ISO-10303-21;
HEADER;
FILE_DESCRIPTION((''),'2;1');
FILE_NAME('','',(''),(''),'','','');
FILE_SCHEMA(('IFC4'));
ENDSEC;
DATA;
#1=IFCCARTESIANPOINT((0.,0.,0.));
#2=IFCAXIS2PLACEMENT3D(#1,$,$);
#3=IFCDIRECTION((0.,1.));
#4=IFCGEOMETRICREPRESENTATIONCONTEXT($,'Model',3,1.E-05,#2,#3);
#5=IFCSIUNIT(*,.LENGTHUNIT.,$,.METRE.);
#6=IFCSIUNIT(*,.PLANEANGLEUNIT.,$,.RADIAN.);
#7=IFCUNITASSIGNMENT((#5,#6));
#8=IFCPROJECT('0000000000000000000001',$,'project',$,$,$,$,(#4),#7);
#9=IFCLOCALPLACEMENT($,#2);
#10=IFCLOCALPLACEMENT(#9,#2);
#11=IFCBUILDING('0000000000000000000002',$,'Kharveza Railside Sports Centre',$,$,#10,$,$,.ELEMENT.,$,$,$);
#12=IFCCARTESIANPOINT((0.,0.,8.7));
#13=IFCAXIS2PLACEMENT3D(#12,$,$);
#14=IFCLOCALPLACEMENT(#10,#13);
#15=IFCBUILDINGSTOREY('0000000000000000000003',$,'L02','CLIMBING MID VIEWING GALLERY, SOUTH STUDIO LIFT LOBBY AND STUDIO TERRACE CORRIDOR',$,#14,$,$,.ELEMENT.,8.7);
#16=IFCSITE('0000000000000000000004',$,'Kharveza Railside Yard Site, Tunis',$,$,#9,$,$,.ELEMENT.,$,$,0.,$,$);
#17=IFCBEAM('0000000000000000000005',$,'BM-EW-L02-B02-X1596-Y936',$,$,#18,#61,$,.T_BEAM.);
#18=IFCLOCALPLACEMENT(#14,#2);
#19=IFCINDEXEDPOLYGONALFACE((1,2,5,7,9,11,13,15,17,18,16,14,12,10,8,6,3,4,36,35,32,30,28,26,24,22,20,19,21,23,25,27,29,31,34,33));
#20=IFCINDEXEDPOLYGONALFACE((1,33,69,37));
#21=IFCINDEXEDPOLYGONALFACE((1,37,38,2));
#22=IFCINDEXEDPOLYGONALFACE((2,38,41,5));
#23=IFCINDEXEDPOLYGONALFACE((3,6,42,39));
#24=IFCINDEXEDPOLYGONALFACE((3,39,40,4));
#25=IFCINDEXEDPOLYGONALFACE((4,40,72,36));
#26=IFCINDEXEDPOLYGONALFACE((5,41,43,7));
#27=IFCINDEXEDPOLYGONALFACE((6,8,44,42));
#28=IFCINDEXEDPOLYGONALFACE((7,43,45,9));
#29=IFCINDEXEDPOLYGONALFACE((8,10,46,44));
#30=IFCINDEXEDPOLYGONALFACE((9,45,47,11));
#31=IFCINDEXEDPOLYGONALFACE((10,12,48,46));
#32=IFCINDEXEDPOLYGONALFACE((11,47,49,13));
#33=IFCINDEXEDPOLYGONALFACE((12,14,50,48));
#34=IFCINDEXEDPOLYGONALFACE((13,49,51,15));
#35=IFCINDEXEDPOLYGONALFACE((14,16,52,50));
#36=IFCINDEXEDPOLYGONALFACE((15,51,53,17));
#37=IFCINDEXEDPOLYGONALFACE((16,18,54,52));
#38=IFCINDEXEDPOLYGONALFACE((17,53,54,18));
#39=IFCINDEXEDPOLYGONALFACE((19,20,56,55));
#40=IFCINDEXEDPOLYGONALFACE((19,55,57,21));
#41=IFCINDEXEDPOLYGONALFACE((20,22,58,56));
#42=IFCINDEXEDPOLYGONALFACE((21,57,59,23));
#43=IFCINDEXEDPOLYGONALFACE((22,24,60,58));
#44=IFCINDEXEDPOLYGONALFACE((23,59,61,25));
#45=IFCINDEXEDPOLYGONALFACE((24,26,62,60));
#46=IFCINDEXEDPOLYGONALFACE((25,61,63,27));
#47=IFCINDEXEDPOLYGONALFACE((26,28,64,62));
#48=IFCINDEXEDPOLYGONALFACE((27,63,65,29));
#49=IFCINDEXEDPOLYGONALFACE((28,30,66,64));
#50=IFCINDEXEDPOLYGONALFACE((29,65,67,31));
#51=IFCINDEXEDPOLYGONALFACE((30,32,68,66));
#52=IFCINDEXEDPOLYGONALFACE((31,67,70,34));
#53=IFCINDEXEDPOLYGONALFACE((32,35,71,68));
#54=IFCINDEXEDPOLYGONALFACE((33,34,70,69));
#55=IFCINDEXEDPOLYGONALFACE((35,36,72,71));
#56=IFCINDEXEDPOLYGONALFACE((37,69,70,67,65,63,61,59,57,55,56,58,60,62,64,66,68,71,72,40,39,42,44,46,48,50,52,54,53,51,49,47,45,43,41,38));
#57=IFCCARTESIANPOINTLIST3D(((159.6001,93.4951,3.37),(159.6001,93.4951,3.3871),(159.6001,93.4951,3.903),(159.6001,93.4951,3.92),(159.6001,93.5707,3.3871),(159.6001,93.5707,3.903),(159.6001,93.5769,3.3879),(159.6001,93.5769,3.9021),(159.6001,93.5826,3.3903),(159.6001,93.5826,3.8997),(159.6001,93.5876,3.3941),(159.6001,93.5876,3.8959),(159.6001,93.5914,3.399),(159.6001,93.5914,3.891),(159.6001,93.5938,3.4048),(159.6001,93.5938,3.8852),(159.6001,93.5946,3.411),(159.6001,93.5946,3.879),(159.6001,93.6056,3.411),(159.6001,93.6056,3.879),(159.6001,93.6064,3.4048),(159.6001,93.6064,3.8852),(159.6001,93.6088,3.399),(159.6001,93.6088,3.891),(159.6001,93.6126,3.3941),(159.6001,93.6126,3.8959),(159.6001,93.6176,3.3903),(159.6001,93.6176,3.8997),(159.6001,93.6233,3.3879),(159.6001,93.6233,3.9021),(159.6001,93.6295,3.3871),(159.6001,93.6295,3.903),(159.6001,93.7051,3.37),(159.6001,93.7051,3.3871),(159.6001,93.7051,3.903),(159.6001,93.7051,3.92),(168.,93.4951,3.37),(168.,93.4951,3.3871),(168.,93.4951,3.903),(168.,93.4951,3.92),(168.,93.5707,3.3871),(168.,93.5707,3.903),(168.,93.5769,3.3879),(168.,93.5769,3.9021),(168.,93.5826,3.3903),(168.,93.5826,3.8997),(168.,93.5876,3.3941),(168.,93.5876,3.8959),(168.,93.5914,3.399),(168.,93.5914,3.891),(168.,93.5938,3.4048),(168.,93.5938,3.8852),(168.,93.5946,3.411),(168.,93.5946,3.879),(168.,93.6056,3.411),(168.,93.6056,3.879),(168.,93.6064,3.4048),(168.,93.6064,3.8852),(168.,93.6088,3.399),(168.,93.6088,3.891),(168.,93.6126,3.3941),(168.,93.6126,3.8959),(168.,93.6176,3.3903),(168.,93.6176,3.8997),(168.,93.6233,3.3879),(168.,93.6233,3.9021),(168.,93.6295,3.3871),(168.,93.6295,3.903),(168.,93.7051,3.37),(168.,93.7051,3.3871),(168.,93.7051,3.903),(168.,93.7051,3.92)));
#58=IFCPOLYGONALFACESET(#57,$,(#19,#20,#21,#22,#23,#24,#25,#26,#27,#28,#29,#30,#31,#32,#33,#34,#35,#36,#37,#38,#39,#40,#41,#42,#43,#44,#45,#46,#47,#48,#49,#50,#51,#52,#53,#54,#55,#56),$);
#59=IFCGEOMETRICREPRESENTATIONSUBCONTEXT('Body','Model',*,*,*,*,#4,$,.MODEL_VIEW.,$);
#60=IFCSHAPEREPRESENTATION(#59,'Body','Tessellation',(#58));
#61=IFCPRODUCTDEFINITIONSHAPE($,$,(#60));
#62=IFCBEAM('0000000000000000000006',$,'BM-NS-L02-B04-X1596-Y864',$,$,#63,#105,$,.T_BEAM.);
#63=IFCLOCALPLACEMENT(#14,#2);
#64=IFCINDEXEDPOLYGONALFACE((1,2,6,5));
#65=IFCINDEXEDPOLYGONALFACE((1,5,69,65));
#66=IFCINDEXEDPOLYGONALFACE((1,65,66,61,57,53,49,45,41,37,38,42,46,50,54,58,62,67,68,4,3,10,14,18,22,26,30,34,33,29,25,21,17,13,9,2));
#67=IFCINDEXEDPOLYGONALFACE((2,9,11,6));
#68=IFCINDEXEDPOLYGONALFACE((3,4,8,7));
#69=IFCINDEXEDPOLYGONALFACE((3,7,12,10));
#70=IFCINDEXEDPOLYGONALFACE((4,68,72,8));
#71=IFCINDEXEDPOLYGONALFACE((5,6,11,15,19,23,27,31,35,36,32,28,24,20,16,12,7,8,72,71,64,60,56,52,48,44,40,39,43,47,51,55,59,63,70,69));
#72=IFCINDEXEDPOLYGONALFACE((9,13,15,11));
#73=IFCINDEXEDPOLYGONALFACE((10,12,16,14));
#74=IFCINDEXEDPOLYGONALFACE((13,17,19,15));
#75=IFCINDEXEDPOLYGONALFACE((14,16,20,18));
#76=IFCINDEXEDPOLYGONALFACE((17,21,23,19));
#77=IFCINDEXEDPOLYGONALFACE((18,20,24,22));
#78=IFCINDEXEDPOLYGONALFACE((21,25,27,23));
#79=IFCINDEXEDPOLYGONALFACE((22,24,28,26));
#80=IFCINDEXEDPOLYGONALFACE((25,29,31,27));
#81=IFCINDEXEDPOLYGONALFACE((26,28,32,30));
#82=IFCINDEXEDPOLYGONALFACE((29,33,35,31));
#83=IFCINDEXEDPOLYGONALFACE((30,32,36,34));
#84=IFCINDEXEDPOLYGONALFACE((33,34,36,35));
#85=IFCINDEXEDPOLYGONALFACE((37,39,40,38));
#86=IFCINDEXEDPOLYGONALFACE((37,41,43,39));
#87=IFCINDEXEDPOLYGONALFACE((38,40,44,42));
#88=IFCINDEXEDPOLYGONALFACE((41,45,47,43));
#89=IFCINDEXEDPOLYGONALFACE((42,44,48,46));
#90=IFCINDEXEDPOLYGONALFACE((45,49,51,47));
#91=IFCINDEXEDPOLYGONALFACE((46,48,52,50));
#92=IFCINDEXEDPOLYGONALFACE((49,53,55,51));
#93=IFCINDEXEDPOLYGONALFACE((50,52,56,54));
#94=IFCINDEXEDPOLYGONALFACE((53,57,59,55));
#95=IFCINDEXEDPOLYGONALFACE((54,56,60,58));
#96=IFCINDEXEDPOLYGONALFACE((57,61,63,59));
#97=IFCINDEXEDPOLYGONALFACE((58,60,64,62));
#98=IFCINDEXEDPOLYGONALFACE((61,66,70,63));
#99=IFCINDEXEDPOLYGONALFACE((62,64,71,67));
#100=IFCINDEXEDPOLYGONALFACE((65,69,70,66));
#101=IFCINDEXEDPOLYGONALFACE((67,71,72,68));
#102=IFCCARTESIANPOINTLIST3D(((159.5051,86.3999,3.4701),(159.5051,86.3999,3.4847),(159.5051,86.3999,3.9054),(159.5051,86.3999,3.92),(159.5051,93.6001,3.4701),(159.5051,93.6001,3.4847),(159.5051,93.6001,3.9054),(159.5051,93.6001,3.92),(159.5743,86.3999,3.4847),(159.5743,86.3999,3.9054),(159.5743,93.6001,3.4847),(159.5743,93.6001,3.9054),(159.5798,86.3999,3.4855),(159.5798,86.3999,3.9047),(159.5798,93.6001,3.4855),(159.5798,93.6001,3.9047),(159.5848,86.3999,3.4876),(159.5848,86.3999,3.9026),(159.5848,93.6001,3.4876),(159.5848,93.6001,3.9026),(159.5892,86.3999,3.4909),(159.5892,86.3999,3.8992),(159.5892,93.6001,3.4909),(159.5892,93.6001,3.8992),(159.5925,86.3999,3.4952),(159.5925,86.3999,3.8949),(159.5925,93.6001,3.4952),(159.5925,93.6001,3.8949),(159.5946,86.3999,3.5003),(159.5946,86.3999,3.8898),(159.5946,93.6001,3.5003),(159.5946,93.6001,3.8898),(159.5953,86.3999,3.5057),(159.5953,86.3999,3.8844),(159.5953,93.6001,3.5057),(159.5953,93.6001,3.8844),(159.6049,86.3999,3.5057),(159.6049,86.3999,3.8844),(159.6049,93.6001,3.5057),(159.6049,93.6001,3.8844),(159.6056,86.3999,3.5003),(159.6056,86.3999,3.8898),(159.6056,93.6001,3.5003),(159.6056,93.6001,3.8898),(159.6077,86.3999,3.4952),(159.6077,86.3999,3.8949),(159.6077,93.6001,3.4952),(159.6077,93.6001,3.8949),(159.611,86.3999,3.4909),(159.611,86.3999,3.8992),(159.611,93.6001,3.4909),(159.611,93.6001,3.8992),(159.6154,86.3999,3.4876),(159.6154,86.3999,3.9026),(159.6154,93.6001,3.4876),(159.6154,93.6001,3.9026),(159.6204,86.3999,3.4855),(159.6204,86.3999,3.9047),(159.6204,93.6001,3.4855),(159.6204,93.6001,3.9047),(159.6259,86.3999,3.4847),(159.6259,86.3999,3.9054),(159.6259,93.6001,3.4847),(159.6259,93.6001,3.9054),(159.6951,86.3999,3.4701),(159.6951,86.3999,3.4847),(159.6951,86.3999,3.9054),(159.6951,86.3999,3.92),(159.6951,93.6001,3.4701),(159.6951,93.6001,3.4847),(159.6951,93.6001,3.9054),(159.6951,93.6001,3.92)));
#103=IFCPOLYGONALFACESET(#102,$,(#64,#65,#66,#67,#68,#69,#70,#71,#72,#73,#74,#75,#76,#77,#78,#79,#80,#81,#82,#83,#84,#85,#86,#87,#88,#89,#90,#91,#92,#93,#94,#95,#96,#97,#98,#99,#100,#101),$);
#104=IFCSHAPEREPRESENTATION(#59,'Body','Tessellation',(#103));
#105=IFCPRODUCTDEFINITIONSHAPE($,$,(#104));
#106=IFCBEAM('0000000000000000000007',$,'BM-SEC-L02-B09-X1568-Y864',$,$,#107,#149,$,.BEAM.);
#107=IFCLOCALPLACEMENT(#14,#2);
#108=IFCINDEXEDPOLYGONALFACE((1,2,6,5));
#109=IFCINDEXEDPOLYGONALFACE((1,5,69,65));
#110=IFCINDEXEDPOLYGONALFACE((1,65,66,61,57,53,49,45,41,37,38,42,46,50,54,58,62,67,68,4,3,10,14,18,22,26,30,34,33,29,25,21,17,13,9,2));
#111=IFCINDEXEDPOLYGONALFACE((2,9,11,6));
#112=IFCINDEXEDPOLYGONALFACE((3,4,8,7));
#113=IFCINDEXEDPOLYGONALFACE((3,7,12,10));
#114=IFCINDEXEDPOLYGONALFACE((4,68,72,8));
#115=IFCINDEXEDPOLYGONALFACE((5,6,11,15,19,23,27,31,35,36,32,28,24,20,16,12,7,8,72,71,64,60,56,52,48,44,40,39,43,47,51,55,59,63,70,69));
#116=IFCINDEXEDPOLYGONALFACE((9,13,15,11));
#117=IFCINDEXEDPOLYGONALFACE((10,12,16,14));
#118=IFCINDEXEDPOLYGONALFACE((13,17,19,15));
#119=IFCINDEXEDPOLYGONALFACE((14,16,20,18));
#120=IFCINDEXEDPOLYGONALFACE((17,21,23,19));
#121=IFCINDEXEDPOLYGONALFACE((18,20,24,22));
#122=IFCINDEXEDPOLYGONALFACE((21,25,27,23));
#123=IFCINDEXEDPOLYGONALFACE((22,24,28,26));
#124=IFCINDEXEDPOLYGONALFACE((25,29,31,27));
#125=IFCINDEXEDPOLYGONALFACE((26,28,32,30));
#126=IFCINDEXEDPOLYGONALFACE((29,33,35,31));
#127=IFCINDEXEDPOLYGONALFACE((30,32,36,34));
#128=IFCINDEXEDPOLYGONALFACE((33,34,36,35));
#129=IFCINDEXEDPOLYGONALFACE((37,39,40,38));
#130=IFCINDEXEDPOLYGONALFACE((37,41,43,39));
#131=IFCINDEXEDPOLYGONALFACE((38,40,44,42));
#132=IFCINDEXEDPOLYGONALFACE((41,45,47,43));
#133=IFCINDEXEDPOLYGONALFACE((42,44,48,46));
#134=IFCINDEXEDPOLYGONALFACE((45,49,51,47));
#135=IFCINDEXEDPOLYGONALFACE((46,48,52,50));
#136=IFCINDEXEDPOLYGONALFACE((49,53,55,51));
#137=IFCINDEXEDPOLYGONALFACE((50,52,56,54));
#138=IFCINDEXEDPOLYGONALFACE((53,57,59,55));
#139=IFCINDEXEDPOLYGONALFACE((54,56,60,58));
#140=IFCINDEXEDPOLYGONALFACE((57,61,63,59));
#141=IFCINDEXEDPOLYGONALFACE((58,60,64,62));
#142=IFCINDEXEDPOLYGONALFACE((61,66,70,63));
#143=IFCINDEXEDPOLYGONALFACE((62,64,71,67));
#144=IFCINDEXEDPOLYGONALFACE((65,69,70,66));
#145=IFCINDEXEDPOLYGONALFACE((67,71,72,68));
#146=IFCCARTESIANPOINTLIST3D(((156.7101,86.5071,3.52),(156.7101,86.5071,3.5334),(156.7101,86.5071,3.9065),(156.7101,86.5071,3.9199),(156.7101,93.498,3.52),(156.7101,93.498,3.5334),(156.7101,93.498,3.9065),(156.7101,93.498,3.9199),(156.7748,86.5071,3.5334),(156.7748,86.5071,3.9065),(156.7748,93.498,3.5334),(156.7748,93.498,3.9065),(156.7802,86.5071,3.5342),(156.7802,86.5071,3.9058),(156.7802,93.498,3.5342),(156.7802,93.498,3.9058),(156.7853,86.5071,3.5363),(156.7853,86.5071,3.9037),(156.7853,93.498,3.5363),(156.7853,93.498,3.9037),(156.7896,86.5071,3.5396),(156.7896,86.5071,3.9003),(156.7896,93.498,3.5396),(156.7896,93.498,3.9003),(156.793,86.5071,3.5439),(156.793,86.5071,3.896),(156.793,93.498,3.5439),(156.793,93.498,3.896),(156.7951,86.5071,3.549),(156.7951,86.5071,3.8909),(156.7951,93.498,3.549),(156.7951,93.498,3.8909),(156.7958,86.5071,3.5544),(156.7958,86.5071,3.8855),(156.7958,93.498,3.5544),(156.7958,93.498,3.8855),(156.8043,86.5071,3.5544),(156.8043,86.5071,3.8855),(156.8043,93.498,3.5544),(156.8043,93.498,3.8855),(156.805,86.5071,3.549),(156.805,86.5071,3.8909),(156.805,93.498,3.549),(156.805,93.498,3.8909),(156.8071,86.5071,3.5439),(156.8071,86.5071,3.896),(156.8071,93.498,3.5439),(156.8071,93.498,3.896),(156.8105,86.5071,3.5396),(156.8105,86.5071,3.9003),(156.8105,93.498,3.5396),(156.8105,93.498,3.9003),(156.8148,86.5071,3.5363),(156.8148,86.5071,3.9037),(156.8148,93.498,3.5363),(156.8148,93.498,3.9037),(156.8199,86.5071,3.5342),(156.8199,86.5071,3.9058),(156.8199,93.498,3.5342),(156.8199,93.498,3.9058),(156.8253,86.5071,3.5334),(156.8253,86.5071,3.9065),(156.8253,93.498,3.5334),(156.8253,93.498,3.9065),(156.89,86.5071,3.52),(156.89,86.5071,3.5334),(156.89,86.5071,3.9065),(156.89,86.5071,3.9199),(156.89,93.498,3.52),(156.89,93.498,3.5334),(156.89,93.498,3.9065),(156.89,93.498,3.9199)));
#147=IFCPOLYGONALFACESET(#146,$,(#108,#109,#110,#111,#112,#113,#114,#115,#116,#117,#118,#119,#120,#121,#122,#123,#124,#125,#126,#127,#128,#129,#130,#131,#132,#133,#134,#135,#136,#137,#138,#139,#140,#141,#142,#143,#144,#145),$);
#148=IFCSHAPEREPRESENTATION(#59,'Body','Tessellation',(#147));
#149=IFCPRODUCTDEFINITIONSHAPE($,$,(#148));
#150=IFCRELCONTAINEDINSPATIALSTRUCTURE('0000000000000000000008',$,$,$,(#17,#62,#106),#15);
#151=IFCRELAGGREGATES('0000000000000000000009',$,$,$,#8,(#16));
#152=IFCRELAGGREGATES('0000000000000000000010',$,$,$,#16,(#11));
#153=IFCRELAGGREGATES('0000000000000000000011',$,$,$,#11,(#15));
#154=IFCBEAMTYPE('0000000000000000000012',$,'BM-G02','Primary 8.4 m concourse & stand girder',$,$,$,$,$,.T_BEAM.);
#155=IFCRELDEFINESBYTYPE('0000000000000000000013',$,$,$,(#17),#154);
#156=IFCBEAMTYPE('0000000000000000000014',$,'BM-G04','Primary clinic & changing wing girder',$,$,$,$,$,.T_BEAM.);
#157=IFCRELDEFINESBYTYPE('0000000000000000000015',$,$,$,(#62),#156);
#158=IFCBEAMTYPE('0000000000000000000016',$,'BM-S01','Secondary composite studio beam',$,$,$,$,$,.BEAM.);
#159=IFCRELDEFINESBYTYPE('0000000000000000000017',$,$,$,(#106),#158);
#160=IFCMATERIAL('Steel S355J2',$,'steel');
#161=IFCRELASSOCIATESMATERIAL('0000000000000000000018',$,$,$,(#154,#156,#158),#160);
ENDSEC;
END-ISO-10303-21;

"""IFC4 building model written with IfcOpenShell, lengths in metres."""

from ifc_helpers import new_model, si_unit, direction, frame, origin, origin_2d, place, context, subcontext, project, spatial, i_section, extrude, material, material_profile, profile_set, type_object, element, save


model = new_model("IFC4")

# Units and contexts
model_context = context("Model", 3, precision=1e-05, world=origin(), true_north=direction((0.0, 1.0)))
body_context = subcontext(model_context, "Body", "Model", "MODEL_VIEW")
ifc_project = project(units=[si_unit("LENGTHUNIT", "METRE"), si_unit("PLANEANGLEUNIT", "RADIAN")], contexts=[model_context])

# Site, building, storey
site_placement = place(None, origin())
site = spatial("IfcSite", under=ifc_project, at=site_placement, Name="Kharveza Railside Yard Site, Tunis", CompositionType="ELEMENT", RefElevation=0.0)
building_placement = place(site_placement, origin())
building = spatial("IfcBuilding", under=site, at=building_placement, Name="Kharveza Railside Sports Centre", CompositionType="ELEMENT")
storey_placement = place(building_placement, frame((0.0, 0.0, 8.7)))
storey = spatial("IfcBuildingStorey", under=building, at=storey_placement, Name="L02", Description="CLIMBING MID VIEWING GALLERY, SOUTH STUDIO LIFT LOBBY AND STUDIO TERRACE CORRIDOR", CompositionType="ELEMENT", Elevation=8.7)

# Shared definitions
ifc_material_1 = material(Name="Steel S355J2", Category="steel")

# Beams
ifc_material_profile_1 = material_profile(ifc_material_1, i_section(OverallWidth=0.21, OverallDepth=0.55, WebThickness=0.011, FlangeThickness=0.0171, FilletRadius=0.0239, at=origin_2d()), Name="IPE 550")
ifc_profile_set_1 = profile_set([ifc_material_profile_1], Name="Steel S355J2")
beam_type_1 = type_object("IfcBeamType", Name="BM-G02", Description="Primary 8.4 m concourse & stand girder", PredefinedType="T_BEAM", material=ifc_profile_set_1)
beam_1_placement = place(storey_placement, frame((159.6001, 93.6001, 3.645), z_axis=(1.0, 0.0, 0.0), x_axis=(0.0, 1.0, 0.0)))
element("IfcBeam", 1, at=beam_1_placement, inside=storey, type_object=beam_type_1, Name="BM-EW-L02-B02-X1596-Y936", PredefinedType="T_BEAM", context=body_context, shape_type="SweptSolid", body=[
    extrude(i_section(OverallWidth=0.21, OverallDepth=0.55, WebThickness=0.011, FlangeThickness=0.0171, FilletRadius=0.0239, at=origin_2d()), origin(), (0.0, 0.0, 1.0), 8.3999),
])
ifc_material_profile_2 = material_profile(ifc_material_1, i_section(OverallWidth=0.1899, OverallDepth=0.45, WebThickness=0.0095, FlangeThickness=0.0146, FilletRadius=0.021, at=origin_2d()), Name="IPE 450")
ifc_profile_set_2 = profile_set([ifc_material_profile_2], Name="Steel S355J2")
beam_type_2 = type_object("IfcBeamType", Name="BM-G04", Description="Primary clinic & changing wing girder", PredefinedType="T_BEAM", material=ifc_profile_set_2)
beam_2_placement = place(storey_placement, frame((159.6001, 86.3999, 3.6951), z_axis=(0.0, 1.0, 0.0), x_axis=(-1.0, 0.0, 0.0)))
element("IfcBeam", 2, at=beam_2_placement, inside=storey, type_object=beam_type_2, Name="BM-NS-L02-B04-X1596-Y864", PredefinedType="T_BEAM", context=body_context, shape_type="SweptSolid", body=[
    extrude(i_section(OverallWidth=0.1899, OverallDepth=0.45, WebThickness=0.0095, FlangeThickness=0.0146, FilletRadius=0.021, at=origin_2d()), origin(), (0.0, 0.0, 1.0), 7.2002),
])
ifc_material_profile_3 = material_profile(ifc_material_1, i_section(OverallWidth=0.1799, OverallDepth=0.3999, WebThickness=0.0085, FlangeThickness=0.0134, FilletRadius=0.021, at=origin_2d()), Name="IPE 400")
ifc_profile_set_3 = profile_set([ifc_material_profile_3], Name="Steel S355J2")
beam_type_3 = type_object("IfcBeamType", Name="BM-S01", Description="Secondary composite studio beam", PredefinedType="BEAM", material=ifc_profile_set_3)
beam_3_placement = place(storey_placement, frame((156.8, 86.5071, 3.72), z_axis=(0.0, 1.0, 0.0), x_axis=(-1.0, 0.0, 0.0)))
element("IfcBeam", 3, at=beam_3_placement, inside=storey, type_object=beam_type_3, Name="BM-SEC-L02-B09-X1568-Y864", PredefinedType="BEAM", context=body_context, shape_type="SweptSolid", body=[
    extrude(i_section(OverallWidth=0.1799, OverallDepth=0.3999, WebThickness=0.0085, FlangeThickness=0.0134, FilletRadius=0.021, at=origin_2d()), origin(), (0.0, 0.0, 1.0), 6.991),
])

save(model, "model.ifc")
